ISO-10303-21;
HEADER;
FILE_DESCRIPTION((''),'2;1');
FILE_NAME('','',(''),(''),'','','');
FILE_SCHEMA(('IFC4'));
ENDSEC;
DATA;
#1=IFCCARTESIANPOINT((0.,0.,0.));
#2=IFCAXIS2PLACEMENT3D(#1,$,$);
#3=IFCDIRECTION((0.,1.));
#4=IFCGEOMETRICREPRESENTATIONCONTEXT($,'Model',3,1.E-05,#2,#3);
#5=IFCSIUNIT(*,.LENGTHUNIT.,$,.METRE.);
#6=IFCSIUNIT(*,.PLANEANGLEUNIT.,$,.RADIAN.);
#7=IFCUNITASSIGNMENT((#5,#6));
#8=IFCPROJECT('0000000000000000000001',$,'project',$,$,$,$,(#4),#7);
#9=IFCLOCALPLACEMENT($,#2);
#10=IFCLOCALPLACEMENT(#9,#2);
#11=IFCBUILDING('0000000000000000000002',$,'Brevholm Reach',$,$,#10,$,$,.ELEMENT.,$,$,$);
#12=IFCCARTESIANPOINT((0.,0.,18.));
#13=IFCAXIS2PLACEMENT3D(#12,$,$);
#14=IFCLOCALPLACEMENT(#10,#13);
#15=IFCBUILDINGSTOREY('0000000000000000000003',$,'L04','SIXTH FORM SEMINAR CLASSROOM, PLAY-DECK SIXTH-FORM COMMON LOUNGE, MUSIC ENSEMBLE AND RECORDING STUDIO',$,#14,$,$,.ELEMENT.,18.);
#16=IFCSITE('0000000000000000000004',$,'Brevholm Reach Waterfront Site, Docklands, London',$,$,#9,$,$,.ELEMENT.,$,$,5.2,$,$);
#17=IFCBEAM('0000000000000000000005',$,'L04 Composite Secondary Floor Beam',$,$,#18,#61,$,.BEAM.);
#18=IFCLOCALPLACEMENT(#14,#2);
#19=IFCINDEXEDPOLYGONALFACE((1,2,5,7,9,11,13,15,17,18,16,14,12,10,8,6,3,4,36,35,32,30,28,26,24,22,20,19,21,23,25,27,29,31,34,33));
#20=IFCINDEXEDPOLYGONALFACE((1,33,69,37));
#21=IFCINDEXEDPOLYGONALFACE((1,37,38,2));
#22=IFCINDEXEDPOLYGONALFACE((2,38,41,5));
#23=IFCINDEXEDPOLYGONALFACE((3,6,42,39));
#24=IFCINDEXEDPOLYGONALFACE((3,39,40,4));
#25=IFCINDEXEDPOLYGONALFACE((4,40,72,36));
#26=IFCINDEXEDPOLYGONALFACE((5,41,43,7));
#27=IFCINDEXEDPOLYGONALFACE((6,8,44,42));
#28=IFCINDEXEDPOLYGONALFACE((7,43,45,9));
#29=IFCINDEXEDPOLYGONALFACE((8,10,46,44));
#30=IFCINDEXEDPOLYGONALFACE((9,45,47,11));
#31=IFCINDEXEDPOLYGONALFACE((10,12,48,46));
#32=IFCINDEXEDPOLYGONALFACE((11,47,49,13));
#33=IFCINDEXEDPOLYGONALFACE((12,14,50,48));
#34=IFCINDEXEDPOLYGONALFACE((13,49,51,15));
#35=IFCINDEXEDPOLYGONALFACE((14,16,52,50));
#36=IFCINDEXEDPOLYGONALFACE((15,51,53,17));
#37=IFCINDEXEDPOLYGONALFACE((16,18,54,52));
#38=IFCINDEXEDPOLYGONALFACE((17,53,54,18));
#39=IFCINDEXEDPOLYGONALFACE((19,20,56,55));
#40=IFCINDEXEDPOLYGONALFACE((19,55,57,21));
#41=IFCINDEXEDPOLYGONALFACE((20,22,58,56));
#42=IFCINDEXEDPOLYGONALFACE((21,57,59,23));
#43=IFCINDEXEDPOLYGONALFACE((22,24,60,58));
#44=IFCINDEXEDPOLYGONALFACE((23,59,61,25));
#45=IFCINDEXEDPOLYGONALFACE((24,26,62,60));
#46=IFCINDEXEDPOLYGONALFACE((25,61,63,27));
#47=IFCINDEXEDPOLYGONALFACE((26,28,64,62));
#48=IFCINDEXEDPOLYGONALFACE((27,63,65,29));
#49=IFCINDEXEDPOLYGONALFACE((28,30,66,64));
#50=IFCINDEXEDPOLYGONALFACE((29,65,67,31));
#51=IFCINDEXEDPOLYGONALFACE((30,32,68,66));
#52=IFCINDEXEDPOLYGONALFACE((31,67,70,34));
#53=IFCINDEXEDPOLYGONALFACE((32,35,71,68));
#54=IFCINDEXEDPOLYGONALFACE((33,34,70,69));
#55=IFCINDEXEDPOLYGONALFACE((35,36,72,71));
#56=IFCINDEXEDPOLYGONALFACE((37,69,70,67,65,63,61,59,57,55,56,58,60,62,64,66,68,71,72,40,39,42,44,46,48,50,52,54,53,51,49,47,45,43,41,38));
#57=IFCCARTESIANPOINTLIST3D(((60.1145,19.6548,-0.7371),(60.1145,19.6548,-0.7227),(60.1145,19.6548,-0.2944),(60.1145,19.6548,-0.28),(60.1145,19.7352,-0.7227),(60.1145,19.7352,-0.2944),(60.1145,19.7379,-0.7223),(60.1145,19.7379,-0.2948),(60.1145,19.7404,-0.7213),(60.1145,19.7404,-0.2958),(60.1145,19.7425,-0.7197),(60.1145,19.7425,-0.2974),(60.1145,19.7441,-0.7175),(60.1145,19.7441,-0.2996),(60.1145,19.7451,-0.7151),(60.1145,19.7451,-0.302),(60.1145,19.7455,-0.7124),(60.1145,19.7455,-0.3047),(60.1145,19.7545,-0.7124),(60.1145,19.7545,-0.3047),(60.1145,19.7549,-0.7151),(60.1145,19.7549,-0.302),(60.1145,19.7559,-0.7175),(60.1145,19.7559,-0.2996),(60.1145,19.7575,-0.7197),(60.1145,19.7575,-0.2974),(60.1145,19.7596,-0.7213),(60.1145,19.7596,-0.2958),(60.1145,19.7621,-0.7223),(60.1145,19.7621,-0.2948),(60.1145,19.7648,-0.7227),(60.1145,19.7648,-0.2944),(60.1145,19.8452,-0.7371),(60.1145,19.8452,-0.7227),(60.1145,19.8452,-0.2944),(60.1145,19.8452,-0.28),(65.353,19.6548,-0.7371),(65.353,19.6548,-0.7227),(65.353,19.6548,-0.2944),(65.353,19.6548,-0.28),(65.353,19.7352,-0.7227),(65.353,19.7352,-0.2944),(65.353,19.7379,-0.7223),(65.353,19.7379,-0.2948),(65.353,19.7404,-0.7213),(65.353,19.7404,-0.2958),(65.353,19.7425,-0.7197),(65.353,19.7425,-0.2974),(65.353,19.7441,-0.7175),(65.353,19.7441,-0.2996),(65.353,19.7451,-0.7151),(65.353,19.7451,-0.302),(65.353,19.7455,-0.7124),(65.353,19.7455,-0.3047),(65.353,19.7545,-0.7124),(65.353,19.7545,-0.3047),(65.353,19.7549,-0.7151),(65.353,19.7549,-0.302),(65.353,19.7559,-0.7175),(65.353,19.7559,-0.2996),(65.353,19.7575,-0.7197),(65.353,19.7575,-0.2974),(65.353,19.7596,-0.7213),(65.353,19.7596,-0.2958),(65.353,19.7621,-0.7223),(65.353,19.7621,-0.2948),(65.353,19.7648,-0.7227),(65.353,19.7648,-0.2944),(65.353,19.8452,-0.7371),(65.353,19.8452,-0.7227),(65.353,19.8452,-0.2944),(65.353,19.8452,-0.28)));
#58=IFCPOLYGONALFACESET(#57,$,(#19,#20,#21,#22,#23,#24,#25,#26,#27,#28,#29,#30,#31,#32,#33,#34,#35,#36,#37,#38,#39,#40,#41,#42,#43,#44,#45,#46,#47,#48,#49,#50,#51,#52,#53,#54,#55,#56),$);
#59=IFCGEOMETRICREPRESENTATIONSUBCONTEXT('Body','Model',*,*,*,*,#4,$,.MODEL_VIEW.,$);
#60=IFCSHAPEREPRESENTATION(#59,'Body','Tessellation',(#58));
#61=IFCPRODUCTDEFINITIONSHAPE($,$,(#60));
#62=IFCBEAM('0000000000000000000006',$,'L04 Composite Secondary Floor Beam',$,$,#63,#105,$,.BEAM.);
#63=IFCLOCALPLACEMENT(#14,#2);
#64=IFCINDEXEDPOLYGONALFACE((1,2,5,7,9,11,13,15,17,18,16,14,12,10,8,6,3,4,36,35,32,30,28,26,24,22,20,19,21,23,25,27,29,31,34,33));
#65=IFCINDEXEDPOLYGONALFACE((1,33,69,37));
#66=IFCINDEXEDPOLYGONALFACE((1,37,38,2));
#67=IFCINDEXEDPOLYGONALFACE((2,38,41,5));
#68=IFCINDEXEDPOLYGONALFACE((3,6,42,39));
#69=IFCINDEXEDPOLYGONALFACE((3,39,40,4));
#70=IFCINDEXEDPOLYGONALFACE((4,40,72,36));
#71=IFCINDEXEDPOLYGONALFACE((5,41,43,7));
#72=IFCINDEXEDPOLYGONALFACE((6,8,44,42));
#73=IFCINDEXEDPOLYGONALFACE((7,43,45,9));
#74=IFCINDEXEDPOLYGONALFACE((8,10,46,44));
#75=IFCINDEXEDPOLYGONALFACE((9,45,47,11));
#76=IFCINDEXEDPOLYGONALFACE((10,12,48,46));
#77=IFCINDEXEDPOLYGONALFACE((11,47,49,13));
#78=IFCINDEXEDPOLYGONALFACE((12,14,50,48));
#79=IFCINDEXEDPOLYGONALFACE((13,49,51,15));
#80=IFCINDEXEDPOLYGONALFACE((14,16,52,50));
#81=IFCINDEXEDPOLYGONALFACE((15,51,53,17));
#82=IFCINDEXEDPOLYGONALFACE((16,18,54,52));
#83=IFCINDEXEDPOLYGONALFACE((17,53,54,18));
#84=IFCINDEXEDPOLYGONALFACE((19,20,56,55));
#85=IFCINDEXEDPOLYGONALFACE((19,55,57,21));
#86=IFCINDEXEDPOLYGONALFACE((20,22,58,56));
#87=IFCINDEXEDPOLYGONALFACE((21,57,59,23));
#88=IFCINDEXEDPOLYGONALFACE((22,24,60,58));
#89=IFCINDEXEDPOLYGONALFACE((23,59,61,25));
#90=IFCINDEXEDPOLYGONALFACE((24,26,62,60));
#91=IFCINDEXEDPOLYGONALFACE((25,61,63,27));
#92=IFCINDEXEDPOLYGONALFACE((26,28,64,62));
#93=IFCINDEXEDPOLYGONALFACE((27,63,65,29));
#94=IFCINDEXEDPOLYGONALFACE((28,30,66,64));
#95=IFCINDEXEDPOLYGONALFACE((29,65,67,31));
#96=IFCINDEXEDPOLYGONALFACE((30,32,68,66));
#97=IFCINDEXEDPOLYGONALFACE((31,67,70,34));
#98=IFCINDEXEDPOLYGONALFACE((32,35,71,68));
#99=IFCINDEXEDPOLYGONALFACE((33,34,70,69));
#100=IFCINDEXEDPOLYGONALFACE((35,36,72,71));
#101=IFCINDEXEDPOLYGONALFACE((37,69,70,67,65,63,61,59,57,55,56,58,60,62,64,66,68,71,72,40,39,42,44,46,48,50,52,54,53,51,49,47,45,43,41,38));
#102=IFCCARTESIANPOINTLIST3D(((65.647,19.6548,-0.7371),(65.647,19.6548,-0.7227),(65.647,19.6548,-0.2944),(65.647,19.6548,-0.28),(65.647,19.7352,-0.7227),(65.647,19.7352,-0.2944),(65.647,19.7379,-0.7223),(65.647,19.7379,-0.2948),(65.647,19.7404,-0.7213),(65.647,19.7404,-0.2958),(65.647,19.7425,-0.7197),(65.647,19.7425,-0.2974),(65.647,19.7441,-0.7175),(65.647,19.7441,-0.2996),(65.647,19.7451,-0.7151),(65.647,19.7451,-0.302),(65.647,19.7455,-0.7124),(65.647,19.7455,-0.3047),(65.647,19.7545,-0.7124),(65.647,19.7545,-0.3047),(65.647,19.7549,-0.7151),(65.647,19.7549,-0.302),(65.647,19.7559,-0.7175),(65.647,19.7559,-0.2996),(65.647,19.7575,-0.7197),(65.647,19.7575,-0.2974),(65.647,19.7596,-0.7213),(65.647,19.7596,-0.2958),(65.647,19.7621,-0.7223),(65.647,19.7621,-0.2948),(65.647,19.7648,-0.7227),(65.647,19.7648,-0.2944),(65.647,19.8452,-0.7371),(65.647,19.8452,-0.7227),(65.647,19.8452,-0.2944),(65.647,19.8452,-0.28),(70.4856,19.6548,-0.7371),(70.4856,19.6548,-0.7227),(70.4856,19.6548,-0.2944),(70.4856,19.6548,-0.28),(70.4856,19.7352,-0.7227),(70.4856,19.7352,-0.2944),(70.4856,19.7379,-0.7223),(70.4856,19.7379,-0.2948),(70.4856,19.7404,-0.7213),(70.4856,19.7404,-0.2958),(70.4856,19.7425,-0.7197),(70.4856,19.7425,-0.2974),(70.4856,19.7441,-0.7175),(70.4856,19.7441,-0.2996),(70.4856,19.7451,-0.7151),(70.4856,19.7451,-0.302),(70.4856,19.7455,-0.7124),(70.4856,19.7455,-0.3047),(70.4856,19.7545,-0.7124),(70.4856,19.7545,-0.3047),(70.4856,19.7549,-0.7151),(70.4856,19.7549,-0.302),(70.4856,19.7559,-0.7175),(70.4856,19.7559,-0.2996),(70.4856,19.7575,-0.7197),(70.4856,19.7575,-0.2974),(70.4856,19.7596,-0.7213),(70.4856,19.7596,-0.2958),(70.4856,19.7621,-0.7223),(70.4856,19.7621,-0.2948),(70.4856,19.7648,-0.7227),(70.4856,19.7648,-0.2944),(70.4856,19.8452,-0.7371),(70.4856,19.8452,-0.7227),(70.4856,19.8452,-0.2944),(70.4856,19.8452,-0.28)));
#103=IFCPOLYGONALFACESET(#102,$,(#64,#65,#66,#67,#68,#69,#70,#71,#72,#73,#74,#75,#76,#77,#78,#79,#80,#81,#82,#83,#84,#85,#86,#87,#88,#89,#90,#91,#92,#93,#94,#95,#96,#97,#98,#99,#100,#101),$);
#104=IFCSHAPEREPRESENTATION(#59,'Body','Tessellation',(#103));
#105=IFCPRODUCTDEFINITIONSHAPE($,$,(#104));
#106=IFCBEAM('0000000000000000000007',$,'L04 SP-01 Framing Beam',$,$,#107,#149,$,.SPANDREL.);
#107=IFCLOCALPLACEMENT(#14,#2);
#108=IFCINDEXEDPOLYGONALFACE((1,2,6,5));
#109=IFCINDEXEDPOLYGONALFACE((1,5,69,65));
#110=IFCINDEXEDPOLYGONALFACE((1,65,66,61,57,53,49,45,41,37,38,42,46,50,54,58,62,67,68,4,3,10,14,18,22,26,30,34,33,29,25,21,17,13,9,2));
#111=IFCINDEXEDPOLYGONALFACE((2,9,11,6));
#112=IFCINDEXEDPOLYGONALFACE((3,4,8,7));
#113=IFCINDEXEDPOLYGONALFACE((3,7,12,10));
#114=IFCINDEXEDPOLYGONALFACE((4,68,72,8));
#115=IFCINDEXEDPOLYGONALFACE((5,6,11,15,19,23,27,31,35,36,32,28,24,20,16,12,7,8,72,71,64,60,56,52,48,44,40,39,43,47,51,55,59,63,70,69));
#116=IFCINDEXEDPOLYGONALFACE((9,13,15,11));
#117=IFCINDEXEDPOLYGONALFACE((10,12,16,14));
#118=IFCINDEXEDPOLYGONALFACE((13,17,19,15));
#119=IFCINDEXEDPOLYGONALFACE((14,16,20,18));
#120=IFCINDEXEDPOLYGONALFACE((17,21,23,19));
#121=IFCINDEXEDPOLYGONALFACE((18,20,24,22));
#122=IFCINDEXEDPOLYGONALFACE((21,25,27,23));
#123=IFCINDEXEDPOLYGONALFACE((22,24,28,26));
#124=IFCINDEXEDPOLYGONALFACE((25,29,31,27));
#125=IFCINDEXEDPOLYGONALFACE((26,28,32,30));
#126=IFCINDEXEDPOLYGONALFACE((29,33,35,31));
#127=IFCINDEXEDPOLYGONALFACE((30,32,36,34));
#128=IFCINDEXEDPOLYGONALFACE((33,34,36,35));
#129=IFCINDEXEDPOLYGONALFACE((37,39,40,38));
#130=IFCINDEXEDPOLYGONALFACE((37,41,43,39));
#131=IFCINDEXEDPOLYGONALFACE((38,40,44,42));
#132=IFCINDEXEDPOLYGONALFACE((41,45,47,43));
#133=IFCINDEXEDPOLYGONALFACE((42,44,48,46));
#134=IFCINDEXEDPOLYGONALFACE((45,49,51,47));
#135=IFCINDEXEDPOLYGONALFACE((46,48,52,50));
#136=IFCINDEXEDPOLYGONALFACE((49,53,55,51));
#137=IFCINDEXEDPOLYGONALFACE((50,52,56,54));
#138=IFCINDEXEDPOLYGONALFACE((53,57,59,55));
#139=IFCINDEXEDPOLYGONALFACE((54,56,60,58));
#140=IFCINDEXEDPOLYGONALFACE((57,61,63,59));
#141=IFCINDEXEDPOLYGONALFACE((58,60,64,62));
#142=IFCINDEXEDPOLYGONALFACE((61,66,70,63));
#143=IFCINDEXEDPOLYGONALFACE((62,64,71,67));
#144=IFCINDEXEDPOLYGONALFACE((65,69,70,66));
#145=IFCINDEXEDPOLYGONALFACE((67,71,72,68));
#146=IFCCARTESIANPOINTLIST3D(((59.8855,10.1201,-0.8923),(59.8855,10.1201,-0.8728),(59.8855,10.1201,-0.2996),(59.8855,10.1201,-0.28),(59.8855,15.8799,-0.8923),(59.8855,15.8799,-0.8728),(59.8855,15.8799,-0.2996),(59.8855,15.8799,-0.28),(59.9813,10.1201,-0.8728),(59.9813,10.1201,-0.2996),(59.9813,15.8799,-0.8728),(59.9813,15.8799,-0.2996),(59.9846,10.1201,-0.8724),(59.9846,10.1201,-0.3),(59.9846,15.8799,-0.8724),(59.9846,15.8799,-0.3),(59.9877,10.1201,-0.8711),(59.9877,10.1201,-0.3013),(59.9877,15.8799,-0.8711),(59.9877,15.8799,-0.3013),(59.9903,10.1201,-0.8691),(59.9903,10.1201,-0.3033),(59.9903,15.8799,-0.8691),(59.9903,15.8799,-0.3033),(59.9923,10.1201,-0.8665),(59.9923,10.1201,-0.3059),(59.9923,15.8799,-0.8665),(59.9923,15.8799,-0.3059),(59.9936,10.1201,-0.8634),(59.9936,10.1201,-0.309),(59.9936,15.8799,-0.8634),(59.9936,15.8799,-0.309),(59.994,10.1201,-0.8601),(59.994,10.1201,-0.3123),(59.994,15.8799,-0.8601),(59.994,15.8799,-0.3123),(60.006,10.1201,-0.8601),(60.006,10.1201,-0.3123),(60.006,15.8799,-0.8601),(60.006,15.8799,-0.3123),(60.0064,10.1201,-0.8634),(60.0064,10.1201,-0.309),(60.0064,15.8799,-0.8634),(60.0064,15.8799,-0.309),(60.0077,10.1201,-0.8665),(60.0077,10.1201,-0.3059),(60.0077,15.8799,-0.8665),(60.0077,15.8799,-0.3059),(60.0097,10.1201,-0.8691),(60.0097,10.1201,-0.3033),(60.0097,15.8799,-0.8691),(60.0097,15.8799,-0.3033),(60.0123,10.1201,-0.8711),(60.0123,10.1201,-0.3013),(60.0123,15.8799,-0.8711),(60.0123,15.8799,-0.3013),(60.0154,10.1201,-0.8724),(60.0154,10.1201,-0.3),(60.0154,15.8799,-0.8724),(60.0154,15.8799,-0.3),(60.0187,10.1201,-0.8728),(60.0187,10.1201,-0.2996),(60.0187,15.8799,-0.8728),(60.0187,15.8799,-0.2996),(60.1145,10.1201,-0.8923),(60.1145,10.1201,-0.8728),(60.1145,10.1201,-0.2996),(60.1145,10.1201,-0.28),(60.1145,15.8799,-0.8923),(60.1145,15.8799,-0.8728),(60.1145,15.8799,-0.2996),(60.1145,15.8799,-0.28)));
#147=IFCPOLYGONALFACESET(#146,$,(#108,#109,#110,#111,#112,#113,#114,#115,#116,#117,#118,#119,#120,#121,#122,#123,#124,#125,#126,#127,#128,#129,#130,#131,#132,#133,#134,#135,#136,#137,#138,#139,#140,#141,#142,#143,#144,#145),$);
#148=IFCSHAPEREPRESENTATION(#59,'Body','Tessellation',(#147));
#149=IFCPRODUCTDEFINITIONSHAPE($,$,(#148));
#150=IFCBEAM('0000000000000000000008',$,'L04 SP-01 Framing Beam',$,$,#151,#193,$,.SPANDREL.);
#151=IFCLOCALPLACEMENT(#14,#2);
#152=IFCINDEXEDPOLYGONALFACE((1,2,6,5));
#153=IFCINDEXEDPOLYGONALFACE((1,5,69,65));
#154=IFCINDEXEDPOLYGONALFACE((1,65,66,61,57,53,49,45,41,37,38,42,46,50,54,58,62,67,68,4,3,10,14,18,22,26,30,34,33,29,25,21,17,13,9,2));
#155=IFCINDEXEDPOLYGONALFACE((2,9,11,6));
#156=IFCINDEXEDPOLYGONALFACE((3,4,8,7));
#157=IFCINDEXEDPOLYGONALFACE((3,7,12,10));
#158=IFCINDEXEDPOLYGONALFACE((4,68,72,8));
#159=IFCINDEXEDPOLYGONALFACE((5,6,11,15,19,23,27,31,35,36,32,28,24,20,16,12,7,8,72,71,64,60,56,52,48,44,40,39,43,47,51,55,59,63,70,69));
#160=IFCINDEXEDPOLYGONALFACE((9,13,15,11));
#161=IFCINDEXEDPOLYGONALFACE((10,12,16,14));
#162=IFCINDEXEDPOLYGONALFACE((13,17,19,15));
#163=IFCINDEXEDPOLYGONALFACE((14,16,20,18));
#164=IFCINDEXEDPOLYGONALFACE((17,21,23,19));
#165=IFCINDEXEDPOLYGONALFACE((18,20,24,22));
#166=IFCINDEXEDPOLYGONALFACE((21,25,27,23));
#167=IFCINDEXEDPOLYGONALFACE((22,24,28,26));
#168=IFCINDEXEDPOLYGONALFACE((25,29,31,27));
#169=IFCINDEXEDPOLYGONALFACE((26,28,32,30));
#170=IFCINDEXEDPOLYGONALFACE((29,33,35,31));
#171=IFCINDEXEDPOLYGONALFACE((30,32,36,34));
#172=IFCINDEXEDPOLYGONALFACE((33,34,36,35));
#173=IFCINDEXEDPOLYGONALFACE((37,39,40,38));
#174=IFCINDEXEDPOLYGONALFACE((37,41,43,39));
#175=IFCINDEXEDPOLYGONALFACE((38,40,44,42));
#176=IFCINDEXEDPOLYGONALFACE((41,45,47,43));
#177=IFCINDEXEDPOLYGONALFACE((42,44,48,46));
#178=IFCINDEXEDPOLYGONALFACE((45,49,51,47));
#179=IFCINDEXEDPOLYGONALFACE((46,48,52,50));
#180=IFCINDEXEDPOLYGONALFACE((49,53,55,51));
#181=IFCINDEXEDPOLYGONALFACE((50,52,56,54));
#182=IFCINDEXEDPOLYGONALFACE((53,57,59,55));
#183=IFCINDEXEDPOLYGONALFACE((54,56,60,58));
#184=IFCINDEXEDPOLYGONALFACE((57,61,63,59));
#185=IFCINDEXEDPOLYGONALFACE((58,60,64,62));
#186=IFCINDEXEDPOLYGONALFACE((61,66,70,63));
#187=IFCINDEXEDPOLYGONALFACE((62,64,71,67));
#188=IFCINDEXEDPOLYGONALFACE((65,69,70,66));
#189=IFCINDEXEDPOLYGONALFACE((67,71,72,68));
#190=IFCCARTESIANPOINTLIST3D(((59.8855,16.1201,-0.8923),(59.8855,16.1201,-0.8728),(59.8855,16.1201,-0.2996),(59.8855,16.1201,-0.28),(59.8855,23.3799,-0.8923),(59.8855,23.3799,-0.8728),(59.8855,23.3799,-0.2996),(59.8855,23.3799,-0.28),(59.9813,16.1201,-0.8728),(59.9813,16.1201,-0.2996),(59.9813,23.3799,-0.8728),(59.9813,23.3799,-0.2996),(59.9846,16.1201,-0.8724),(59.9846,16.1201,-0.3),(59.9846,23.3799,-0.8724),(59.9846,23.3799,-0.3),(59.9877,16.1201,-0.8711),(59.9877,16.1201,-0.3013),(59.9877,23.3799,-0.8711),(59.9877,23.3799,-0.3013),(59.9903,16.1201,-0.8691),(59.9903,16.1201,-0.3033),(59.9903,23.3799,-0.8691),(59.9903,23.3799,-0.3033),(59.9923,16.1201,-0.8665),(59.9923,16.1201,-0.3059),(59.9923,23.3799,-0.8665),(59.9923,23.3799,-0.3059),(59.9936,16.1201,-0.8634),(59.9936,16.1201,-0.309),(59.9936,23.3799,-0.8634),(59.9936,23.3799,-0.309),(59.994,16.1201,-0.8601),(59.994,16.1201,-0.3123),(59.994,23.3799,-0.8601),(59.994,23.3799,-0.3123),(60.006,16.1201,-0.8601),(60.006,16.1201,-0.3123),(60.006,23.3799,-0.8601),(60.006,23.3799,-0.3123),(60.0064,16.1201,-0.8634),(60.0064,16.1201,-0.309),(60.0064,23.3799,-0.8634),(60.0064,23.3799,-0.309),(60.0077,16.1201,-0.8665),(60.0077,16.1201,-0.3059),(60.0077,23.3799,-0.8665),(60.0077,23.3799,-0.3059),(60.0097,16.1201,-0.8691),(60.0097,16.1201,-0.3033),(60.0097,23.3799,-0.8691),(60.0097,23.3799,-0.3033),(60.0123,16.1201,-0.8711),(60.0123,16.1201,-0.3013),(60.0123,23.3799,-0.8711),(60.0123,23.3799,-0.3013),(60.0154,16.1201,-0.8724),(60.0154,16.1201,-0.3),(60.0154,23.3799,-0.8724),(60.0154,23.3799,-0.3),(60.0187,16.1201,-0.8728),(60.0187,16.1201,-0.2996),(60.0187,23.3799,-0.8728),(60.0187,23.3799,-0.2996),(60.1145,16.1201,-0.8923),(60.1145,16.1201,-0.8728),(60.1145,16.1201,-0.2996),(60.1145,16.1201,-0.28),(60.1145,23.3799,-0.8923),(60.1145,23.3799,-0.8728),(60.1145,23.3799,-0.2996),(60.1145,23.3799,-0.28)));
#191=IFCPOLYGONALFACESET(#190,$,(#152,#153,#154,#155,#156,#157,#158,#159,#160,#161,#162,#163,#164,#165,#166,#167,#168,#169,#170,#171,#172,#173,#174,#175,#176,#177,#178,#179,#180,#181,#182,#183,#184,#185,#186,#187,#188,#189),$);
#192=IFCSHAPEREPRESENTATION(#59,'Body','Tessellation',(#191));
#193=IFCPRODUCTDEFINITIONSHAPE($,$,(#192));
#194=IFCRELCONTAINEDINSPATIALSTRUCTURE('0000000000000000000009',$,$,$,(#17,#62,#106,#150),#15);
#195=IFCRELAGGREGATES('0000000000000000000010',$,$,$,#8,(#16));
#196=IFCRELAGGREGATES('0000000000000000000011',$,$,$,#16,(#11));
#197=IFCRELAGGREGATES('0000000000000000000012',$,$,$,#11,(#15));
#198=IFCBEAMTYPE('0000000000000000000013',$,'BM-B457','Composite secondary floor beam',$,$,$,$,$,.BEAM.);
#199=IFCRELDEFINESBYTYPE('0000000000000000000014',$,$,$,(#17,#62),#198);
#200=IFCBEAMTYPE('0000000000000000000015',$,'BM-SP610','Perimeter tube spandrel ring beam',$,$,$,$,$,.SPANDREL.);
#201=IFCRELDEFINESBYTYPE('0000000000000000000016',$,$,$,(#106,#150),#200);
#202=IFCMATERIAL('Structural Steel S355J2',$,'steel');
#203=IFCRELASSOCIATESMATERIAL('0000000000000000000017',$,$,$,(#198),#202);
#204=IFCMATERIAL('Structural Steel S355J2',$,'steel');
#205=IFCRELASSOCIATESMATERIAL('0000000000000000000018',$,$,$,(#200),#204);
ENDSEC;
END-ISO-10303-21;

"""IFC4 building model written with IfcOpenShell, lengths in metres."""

from ifc_helpers import new_model, si_unit, direction, frame, origin, origin_2d, place, context, subcontext, project, spatial, i_section, extrude, material, material_profile, profile_set, type_object, element, save


model = new_model("IFC4")

# Units and contexts
model_context = context("Model", 3, precision=1e-05, world=origin(), true_north=direction((0.0, 1.0)))
body_context = subcontext(model_context, "Body", "Model", "MODEL_VIEW")
ifc_project = project(units=[si_unit("LENGTHUNIT", "METRE"), si_unit("PLANEANGLEUNIT", "RADIAN")], contexts=[model_context])

# Site, building, storey
site_placement = place(None, origin())
site = spatial("IfcSite", under=ifc_project, at=site_placement, Name="Brevholm Reach Waterfront Site, Docklands, London", CompositionType="ELEMENT", RefElevation=5.2)
building_placement = place(site_placement, origin())
building = spatial("IfcBuilding", under=site, at=building_placement, Name="Brevholm Reach", CompositionType="ELEMENT")
storey_placement = place(building_placement, frame((0.0, 0.0, 18.0)))
storey = spatial("IfcBuildingStorey", under=building, at=storey_placement, Name="L04", Description="SIXTH FORM SEMINAR CLASSROOM, PLAY-DECK SIXTH-FORM COMMON LOUNGE, MUSIC ENSEMBLE AND RECORDING STUDIO", CompositionType="ELEMENT", Elevation=18.0)

# Beams
ifc_material_1 = material(Name="Structural Steel S355J2", Category="steel")
ifc_material_profile_1 = material_profile(ifc_material_1, i_section(OverallWidth=0.1904, OverallDepth=0.457, WebThickness=0.009, FlangeThickness=0.0144, FilletRadius=0.0103, at=origin_2d()), Name="UKB 457x191x74")
ifc_profile_set_1 = profile_set([ifc_material_profile_1], Name="Structural Steel S355J2")
beam_type_1 = type_object("IfcBeamType", Name="BM-B457", Description="Composite secondary floor beam", PredefinedType="BEAM", material=ifc_profile_set_1)
beam_1_placement = place(storey_placement, frame((60.1145, 19.75, -0.5085), z_axis=(1.0, 0.0, 0.0), x_axis=(0.0, 1.0, 0.0)))
element("IfcBeam", 1, at=beam_1_placement, inside=storey, type_object=beam_type_1, Name="L04 Composite Secondary Floor Beam", PredefinedType="BEAM", context=body_context, shape_type="SweptSolid", body=[
    extrude(i_section(OverallWidth=0.1904, OverallDepth=0.457, WebThickness=0.009, FlangeThickness=0.0144, FilletRadius=0.0103, at=origin_2d()), origin(), (0.0, 0.0, 1.0), 5.2385),
])
beam_2_placement = place(storey_placement, frame((65.647, 19.75, -0.5085), z_axis=(1.0, 0.0, 0.0), x_axis=(0.0, 1.0, 0.0)))
element("IfcBeam", 2, at=beam_2_placement, inside=storey, type_object=beam_type_1, Name="L04 Composite Secondary Floor Beam", PredefinedType="BEAM", context=body_context, shape_type="SweptSolid", body=[
    extrude(i_section(OverallWidth=0.1904, OverallDepth=0.457, WebThickness=0.009, FlangeThickness=0.0144, FilletRadius=0.0103, at=origin_2d()), origin(), (0.0, 0.0, 1.0), 4.8386),
])
ifc_material_2 = material(Name="Structural Steel S355J2", Category="steel")
ifc_material_profile_2 = material_profile(ifc_material_2, i_section(OverallWidth=0.229, OverallDepth=0.6123, WebThickness=0.012, FlangeThickness=0.0195, FilletRadius=0.0127, at=origin_2d()), Name="UKB 610x229x125")
ifc_profile_set_2 = profile_set([ifc_material_profile_2], Name="Structural Steel S355J2")
beam_type_2 = type_object("IfcBeamType", Name="BM-SP610", Description="Perimeter tube spandrel ring beam", PredefinedType="SPANDREL", material=ifc_profile_set_2)
beam_3_placement = place(storey_placement, frame((60.0, 10.1201, -0.5862), z_axis=(0.0, 1.0, 0.0), x_axis=(-1.0, 0.0, 0.0)))
element("IfcBeam", 3, at=beam_3_placement, inside=storey, type_object=beam_type_2, Name="L04 SP-01 Framing Beam", PredefinedType="SPANDREL", context=body_context, shape_type="SweptSolid", body=[
    extrude(i_section(OverallWidth=0.229, OverallDepth=0.6123, WebThickness=0.012, FlangeThickness=0.0195, FilletRadius=0.0127, at=origin_2d()), origin(), (0.0, 0.0, 1.0), 5.7598),
])
beam_4_placement = place(storey_placement, frame((60.0, 16.1201, -0.5862), z_axis=(0.0, 1.0, 0.0), x_axis=(-1.0, 0.0, 0.0)))
element("IfcBeam", 4, at=beam_4_placement, inside=storey, type_object=beam_type_2, Name="L04 SP-01 Framing Beam", PredefinedType="SPANDREL", context=body_context, shape_type="SweptSolid", body=[
    extrude(i_section(OverallWidth=0.229, OverallDepth=0.6123, WebThickness=0.012, FlangeThickness=0.0195, FilletRadius=0.0127, at=origin_2d()), origin(), (0.0, 0.0, 1.0), 7.2598),
])

save(model, "model.ifc")
